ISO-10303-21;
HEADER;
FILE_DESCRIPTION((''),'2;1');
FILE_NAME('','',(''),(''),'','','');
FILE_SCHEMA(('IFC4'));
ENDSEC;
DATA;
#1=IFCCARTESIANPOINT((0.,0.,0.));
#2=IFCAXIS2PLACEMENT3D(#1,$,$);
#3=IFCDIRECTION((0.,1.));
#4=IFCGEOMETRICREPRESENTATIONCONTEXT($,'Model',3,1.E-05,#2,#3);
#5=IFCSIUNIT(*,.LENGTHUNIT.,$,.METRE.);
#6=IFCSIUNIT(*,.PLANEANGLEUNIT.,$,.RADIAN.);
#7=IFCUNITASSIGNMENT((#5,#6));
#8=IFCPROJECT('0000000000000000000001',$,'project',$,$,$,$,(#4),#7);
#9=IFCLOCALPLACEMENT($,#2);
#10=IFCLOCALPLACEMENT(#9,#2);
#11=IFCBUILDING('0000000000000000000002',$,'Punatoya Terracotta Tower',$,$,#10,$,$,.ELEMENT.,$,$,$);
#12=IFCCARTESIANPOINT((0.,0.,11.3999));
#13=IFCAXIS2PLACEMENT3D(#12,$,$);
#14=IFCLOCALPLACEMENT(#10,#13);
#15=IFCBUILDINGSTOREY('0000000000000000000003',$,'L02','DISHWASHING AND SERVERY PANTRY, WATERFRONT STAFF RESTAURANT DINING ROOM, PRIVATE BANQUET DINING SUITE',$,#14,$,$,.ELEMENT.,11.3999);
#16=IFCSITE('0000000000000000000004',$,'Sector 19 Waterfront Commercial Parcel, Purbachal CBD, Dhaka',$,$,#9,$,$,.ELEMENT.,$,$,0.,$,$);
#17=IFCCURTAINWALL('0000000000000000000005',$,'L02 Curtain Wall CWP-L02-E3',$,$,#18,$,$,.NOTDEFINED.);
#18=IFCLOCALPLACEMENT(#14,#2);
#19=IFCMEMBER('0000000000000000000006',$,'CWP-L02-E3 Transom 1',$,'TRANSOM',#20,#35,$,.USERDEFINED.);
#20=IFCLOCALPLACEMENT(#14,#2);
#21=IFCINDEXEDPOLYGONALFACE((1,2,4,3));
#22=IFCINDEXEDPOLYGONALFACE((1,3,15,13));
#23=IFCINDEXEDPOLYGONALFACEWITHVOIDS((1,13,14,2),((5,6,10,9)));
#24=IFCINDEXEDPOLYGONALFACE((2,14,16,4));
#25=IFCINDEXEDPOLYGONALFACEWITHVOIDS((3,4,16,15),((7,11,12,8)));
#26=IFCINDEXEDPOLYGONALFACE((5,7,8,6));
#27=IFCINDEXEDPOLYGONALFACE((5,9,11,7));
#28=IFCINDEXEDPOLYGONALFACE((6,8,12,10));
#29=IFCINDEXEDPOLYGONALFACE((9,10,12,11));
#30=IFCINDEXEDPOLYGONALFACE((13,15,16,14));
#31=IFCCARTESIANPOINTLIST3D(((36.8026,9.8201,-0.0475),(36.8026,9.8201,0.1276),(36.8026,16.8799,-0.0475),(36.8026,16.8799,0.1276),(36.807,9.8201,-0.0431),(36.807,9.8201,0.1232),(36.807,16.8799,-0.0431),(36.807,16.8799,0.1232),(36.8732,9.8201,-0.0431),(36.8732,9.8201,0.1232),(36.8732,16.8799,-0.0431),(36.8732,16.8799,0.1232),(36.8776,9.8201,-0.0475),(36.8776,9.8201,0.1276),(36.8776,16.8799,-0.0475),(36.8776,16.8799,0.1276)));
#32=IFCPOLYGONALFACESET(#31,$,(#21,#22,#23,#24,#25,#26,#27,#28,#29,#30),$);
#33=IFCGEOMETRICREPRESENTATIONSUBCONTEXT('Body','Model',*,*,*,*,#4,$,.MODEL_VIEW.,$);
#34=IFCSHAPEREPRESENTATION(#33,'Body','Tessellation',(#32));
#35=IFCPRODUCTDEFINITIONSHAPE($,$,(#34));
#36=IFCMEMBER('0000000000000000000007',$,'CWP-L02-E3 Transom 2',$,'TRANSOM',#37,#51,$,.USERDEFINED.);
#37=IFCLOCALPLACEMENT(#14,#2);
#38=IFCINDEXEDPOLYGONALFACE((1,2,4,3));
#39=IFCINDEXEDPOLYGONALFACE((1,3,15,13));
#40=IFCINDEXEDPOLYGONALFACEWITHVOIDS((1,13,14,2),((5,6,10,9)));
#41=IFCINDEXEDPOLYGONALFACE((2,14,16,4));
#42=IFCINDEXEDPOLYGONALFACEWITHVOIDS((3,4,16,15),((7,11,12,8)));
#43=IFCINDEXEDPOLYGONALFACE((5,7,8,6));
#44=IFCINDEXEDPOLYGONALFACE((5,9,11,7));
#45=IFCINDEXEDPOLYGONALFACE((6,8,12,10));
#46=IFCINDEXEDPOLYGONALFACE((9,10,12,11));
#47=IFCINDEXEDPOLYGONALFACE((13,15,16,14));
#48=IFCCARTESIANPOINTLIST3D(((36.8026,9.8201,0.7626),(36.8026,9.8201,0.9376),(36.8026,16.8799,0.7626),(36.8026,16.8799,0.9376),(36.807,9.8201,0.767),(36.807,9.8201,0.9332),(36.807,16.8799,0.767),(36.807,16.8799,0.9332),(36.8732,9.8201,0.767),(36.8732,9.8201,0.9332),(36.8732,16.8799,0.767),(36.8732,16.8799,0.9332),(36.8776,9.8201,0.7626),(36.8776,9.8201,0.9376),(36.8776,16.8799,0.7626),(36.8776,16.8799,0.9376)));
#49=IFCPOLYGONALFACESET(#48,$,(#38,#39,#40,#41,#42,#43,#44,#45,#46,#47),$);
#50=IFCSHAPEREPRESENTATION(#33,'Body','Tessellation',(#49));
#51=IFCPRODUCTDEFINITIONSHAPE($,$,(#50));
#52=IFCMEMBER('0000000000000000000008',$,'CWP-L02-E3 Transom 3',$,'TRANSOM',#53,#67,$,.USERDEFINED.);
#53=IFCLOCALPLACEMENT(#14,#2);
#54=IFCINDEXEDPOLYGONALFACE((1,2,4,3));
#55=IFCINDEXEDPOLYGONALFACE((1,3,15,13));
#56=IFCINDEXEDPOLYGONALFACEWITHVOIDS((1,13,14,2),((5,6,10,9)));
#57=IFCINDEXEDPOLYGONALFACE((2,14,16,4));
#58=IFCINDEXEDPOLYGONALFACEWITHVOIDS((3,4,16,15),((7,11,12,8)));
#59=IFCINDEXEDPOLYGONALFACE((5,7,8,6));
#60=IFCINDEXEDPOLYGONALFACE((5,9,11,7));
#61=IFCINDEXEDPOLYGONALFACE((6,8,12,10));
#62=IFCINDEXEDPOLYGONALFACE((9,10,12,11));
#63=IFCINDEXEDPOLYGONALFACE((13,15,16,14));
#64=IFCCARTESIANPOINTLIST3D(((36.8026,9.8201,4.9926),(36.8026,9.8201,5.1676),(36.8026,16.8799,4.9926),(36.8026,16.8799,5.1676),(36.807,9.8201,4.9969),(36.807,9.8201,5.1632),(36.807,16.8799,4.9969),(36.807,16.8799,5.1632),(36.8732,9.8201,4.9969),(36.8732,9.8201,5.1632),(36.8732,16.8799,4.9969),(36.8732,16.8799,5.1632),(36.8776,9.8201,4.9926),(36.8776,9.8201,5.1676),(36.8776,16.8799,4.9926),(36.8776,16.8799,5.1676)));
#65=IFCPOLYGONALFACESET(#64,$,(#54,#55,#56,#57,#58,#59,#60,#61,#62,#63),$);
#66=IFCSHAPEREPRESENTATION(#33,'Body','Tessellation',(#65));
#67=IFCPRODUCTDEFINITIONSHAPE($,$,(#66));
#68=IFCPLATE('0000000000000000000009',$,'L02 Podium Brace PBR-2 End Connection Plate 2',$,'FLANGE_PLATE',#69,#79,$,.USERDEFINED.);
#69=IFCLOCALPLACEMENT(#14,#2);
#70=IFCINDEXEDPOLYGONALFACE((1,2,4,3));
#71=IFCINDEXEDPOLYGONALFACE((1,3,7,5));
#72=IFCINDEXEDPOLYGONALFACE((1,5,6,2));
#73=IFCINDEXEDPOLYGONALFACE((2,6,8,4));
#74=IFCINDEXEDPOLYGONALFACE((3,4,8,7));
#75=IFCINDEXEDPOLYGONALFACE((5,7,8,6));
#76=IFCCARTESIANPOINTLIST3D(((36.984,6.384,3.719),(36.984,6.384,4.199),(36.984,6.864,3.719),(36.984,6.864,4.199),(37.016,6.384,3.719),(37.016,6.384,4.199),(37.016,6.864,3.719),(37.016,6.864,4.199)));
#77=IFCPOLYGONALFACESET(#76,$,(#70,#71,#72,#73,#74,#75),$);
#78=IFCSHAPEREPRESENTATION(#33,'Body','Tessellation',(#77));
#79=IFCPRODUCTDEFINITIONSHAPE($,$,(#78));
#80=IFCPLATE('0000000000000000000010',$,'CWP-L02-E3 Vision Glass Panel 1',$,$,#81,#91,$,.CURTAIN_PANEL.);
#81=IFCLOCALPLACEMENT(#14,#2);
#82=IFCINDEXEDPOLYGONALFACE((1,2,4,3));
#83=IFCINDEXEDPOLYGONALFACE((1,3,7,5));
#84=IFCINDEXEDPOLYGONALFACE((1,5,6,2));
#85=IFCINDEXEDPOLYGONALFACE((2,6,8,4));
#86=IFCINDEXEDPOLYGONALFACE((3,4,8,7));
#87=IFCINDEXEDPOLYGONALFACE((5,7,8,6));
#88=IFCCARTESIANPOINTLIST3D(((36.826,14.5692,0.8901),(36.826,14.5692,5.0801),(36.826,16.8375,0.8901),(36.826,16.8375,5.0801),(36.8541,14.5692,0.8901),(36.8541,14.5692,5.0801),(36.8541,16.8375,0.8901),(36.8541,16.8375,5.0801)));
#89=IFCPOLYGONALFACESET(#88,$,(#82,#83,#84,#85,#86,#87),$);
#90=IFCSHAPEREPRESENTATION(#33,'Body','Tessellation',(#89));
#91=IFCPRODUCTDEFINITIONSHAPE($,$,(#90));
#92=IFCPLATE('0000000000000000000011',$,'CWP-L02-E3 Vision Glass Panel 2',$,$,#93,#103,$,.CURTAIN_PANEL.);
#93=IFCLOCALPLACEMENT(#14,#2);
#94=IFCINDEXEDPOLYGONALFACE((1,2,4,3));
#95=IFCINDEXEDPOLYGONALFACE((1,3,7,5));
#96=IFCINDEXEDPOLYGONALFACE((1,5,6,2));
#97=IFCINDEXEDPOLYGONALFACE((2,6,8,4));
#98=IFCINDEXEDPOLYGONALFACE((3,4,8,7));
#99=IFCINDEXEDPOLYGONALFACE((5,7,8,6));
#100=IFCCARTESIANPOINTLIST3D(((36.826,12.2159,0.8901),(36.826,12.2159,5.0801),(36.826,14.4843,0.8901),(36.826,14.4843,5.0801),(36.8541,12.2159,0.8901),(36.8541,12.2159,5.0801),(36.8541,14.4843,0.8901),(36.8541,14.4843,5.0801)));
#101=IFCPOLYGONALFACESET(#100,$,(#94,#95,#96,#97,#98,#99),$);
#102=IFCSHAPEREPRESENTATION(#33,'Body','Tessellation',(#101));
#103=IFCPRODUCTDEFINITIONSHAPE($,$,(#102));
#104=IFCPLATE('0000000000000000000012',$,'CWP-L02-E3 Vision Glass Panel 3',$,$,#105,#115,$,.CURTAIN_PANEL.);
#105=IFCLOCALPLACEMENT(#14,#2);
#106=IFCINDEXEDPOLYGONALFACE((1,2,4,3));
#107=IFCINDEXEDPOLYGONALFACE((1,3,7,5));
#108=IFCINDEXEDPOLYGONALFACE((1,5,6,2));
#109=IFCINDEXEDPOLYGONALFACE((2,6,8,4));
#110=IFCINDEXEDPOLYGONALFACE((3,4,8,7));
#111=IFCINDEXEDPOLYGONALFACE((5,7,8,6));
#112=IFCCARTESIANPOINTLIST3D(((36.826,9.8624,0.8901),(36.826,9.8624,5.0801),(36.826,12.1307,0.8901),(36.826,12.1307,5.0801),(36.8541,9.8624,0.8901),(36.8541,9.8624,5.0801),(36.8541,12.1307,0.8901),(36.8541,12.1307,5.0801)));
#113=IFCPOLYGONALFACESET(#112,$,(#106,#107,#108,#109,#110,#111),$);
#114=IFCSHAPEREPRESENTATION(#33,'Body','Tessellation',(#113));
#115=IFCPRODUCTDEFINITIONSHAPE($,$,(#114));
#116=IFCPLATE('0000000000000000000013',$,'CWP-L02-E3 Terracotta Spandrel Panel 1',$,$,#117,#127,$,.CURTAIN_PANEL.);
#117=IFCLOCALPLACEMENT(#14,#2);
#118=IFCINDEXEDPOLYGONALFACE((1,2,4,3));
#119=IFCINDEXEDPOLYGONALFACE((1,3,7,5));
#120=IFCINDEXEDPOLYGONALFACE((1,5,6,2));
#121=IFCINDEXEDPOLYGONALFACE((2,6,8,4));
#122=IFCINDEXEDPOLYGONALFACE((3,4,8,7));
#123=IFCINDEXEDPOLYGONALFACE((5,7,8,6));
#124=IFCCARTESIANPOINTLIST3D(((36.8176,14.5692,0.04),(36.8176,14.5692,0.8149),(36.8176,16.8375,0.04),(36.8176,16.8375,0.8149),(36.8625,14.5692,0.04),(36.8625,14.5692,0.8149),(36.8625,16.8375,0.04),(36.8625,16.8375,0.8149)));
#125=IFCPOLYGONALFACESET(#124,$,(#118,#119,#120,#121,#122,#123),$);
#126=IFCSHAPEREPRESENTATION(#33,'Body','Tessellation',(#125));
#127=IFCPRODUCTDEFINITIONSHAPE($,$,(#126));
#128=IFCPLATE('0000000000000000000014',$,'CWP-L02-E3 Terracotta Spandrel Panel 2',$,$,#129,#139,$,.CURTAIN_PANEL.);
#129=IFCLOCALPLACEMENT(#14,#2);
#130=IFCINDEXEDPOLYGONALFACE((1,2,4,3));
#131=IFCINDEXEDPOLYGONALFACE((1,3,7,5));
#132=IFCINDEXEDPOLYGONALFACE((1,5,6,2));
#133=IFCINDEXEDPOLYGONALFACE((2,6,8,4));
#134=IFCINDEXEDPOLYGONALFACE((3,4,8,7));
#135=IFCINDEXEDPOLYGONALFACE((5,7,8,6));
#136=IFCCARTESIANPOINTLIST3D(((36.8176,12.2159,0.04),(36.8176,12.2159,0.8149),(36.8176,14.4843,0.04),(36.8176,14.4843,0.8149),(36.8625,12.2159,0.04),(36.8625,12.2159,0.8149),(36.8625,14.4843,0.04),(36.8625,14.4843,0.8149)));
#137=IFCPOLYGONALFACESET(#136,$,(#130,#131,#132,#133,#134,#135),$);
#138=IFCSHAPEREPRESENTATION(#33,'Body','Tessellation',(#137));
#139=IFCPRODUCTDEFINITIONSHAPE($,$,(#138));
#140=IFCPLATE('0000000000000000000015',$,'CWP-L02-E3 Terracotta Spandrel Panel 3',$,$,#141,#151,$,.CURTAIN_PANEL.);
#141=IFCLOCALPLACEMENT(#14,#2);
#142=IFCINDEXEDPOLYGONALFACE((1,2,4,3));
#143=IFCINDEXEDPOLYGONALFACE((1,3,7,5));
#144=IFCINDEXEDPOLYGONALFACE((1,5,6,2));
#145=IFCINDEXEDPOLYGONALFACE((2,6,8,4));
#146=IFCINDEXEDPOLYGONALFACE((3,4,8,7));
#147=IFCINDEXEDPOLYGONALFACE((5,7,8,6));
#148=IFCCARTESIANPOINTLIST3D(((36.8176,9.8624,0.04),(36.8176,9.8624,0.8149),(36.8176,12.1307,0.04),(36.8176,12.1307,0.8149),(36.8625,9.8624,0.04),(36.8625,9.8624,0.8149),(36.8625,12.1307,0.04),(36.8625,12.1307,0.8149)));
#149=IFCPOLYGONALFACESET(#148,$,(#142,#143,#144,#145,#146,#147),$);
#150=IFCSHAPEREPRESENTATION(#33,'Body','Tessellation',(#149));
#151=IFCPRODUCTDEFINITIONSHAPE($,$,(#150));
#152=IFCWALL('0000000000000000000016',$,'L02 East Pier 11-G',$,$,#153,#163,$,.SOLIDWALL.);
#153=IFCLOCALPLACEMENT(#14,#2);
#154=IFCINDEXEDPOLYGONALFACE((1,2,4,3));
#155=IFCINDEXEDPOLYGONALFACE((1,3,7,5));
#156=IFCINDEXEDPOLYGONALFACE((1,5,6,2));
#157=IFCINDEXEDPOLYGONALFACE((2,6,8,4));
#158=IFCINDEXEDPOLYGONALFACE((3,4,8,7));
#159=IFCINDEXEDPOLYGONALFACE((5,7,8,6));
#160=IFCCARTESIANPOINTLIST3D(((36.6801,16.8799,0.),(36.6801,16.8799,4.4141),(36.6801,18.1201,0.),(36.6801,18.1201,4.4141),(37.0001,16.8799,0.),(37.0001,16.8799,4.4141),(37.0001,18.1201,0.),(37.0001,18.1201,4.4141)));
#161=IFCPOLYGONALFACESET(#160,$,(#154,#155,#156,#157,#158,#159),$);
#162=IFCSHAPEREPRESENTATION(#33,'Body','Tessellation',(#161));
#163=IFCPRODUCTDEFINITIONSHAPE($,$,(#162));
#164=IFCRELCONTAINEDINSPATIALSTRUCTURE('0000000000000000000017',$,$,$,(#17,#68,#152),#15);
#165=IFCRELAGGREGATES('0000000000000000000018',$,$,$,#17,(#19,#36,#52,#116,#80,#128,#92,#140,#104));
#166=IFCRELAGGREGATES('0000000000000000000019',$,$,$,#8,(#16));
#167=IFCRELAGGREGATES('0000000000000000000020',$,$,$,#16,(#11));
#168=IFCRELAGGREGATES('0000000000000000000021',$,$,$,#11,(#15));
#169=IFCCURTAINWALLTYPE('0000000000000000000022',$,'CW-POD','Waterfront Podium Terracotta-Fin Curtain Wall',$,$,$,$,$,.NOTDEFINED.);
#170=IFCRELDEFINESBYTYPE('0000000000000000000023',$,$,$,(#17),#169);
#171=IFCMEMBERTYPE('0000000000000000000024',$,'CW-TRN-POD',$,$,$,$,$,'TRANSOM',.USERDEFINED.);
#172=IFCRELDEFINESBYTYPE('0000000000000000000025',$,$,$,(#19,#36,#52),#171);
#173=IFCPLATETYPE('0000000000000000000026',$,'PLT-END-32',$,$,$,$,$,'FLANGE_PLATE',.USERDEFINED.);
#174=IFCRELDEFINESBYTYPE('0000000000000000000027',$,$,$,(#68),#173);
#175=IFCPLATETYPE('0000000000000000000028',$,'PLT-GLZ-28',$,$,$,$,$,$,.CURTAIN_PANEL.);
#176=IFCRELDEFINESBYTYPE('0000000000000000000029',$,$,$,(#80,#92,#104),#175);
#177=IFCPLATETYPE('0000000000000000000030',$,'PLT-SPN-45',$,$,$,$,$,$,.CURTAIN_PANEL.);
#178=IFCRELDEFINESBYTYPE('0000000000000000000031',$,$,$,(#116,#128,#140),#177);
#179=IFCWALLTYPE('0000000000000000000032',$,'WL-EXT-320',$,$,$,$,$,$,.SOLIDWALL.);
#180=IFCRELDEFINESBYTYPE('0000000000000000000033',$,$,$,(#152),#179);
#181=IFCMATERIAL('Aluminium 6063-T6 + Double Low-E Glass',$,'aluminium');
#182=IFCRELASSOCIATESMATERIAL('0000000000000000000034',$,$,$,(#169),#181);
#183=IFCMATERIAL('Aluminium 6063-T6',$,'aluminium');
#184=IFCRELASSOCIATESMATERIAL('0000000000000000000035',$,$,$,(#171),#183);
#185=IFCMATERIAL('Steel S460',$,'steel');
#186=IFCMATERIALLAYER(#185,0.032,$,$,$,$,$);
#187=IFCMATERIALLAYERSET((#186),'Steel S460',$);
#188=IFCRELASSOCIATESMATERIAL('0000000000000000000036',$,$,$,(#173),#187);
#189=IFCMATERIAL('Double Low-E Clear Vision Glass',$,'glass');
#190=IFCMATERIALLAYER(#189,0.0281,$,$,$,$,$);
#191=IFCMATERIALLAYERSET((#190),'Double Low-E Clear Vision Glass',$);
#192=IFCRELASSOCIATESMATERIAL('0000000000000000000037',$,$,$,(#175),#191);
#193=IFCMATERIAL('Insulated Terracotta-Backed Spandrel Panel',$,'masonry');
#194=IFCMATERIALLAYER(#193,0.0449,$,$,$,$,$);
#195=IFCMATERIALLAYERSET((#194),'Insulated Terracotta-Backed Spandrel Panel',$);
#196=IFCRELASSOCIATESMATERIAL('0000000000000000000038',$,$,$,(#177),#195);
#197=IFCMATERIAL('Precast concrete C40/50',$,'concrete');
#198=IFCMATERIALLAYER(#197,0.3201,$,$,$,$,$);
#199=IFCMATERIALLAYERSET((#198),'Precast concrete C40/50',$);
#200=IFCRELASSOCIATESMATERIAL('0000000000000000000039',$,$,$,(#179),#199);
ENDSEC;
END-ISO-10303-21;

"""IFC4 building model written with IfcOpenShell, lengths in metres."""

from ifc_helpers import new_model, si_unit, direction, frame, frame_2d, origin, origin_2d, place, context, subcontext, project, spatial, rectangle, hollow_rectangle, extrude, material, layer, layer_set, material_profile, profile_set, type_object, element, aggregate, save


model = new_model("IFC4")

# Units and contexts
model_context = context("Model", 3, precision=1e-05, world=origin(), true_north=direction((0.0, 1.0)))
body_context = subcontext(model_context, "Body", "Model", "MODEL_VIEW")
ifc_project = project(units=[si_unit("LENGTHUNIT", "METRE"), si_unit("PLANEANGLEUNIT", "RADIAN")], contexts=[model_context])

# Site, building, storey
site_placement = place(None, origin())
site = spatial("IfcSite", under=ifc_project, at=site_placement, Name="Sector 19 Waterfront Commercial Parcel, Purbachal CBD, Dhaka", CompositionType="ELEMENT", RefElevation=0.0)
building_placement = place(site_placement, origin())
building = spatial("IfcBuilding", under=site, at=building_placement, Name="Punatoya Terracotta Tower", CompositionType="ELEMENT")
storey_placement = place(building_placement, frame((0.0, 0.0, 11.3999)))
storey = spatial("IfcBuildingStorey", under=building, at=storey_placement, Name="L02", Description="DISHWASHING AND SERVERY PANTRY, WATERFRONT STAFF RESTAURANT DINING ROOM, PRIVATE BANQUET DINING SUITE", CompositionType="ELEMENT", Elevation=11.3999)

# Curtain wall
ifc_material_1 = material(Name="Aluminium 6063-T6 + Double Low-E Glass", Category="aluminium")
curtain_wall_type = type_object("IfcCurtainWallType", Name="CW-POD", Description="Waterfront Podium Terracotta-Fin Curtain Wall", PredefinedType="NOTDEFINED", material=ifc_material_1)
curtain_wall_1_placement = place(storey_placement, origin())
curtain_wall_1 = element("IfcCurtainWall", 1, at=curtain_wall_1_placement, inside=storey, type_object=curtain_wall_type, Name="L02 Curtain Wall CWP-L02-E3", PredefinedType="NOTDEFINED")
ifc_material_2 = material(Name="Aluminium 6063-T6", Category="aluminium")

# Members
ifc_material_profile_1 = material_profile(ifc_material_2, hollow_rectangle(XDim=0.075, YDim=0.175, WallThickness=0.0044, at=origin_2d()))
ifc_profile_set_1 = profile_set([ifc_material_profile_1], Name="Aluminium 6063-T6")
member_type_1 = type_object("IfcMemberType", Name="CW-TRN-POD", ElementType="TRANSOM", PredefinedType="USERDEFINED", material=ifc_profile_set_1)
member_1_placement = place(storey_placement, frame((36.8401, 16.8799, 0.04), z_axis=(0.0, -1.0, 0.0), x_axis=(1.0, 0.0, 0.0)))
member_1 = element("IfcMember", 2, at=member_1_placement, type_object=member_type_1, Name="CWP-L02-E3 Transom 1", ObjectType="TRANSOM", PredefinedType="USERDEFINED", context=body_context, shape_type="SweptSolid", body=[
    extrude(hollow_rectangle(XDim=0.075, YDim=0.175, WallThickness=0.0044, at=origin_2d()), origin(), (0.0, 0.0, 1.0), 7.0598),
])
member_2_placement = place(storey_placement, frame((36.8401, 16.8799, 0.8501), z_axis=(0.0, -1.0, 0.0), x_axis=(1.0, 0.0, 0.0)))
member_2 = element("IfcMember", 3, at=member_2_placement, type_object=member_type_1, Name="CWP-L02-E3 Transom 2", ObjectType="TRANSOM", PredefinedType="USERDEFINED", context=body_context, shape_type="SweptSolid", body=[
    extrude(hollow_rectangle(XDim=0.075, YDim=0.175, WallThickness=0.0044, at=origin_2d()), origin(), (0.0, 0.0, 1.0), 7.0598),
])
member_3_placement = place(storey_placement, frame((36.8401, 16.8799, 5.0801), z_axis=(0.0, -1.0, 0.0), x_axis=(1.0, 0.0, 0.0)))
member_3 = element("IfcMember", 4, at=member_3_placement, type_object=member_type_1, Name="CWP-L02-E3 Transom 3", ObjectType="TRANSOM", PredefinedType="USERDEFINED", context=body_context, shape_type="SweptSolid", body=[
    extrude(hollow_rectangle(XDim=0.075, YDim=0.175, WallThickness=0.0044, at=origin_2d()), origin(), (0.0, 0.0, 1.0), 7.0598),
])

# Plates
ifc_material_3 = material(Name="Steel S460", Category="steel")
ifc_layer_1 = layer(ifc_material_3, 0.032)
ifc_layer_set_1 = layer_set([ifc_layer_1], Name="Steel S460")
plate_type_1 = type_object("IfcPlateType", Name="PLT-END-32", ElementType="FLANGE_PLATE", PredefinedType="USERDEFINED", material=ifc_layer_set_1)
plate_1_placement = place(storey_placement, frame((37.0, 6.624, 3.719), z_axis=(0.0, 0.0, 1.0), x_axis=(1.0, 0.0, 0.0)))
element("IfcPlate", 5, at=plate_1_placement, inside=storey, type_object=plate_type_1, Name="L02 Podium Brace PBR-2 End Connection Plate 2", ObjectType="FLANGE_PLATE", PredefinedType="USERDEFINED", context=body_context, shape_type="SweptSolid", body=[
    extrude(rectangle(XDim=0.032, YDim=0.48, at=origin_2d()), origin(), (0.0, 0.0, 1.0), 0.48),
])
ifc_material_4 = material(Name="Double Low-E Clear Vision Glass", Category="glass")
ifc_layer_2 = layer(ifc_material_4, 0.0281)
ifc_layer_set_2 = layer_set([ifc_layer_2], Name="Double Low-E Clear Vision Glass")
plate_type_2 = type_object("IfcPlateType", Name="PLT-GLZ-28", PredefinedType="CURTAIN_PANEL", material=ifc_layer_set_2)
plate_2_placement = place(storey_placement, frame((36.8401, 15.7034, 0.8901), z_axis=(0.0, 0.0, 1.0), x_axis=(0.0, -1.0, 0.0)))
plate_2 = element("IfcPlate", 6, at=plate_2_placement, type_object=plate_type_2, Name="CWP-L02-E3 Vision Glass Panel 1", PredefinedType="CURTAIN_PANEL", context=body_context, shape_type="SweptSolid", body=[
    extrude(rectangle(XDim=2.2683, YDim=0.0281, at=origin_2d()), origin(), (0.0, 0.0, 1.0), 4.1899),
])
plate_3_placement = place(storey_placement, frame((36.8401, 13.3501, 0.8901), z_axis=(0.0, 0.0, 1.0), x_axis=(0.0, -1.0, 0.0)))
plate_3 = element("IfcPlate", 7, at=plate_3_placement, type_object=plate_type_2, Name="CWP-L02-E3 Vision Glass Panel 2", PredefinedType="CURTAIN_PANEL", context=body_context, shape_type="SweptSolid", body=[
    extrude(rectangle(XDim=2.2683, YDim=0.0281, at=origin_2d()), origin(), (0.0, 0.0, 1.0), 4.1899),
])
plate_4_placement = place(storey_placement, frame((36.8401, 10.9966, 0.8901), z_axis=(0.0, 0.0, 1.0), x_axis=(0.0, -1.0, 0.0)))
plate_4 = element("IfcPlate", 8, at=plate_4_placement, type_object=plate_type_2, Name="CWP-L02-E3 Vision Glass Panel 3", PredefinedType="CURTAIN_PANEL", context=body_context, shape_type="SweptSolid", body=[
    extrude(rectangle(XDim=2.2683, YDim=0.0281, at=origin_2d()), origin(), (0.0, 0.0, 1.0), 4.1899),
])
ifc_material_5 = material(Name="Insulated Terracotta-Backed Spandrel Panel", Category="masonry")
ifc_layer_3 = layer(ifc_material_5, 0.0449)
ifc_layer_set_3 = layer_set([ifc_layer_3], Name="Insulated Terracotta-Backed Spandrel Panel")
plate_type_3 = type_object("IfcPlateType", Name="PLT-SPN-45", PredefinedType="CURTAIN_PANEL", material=ifc_layer_set_3)
plate_5_placement = place(storey_placement, frame((36.8401, 15.7034, 0.04), z_axis=(0.0, 0.0, 1.0), x_axis=(0.0, -1.0, 0.0)))
plate_5 = element("IfcPlate", 9, at=plate_5_placement, type_object=plate_type_3, Name="CWP-L02-E3 Terracotta Spandrel Panel 1", PredefinedType="CURTAIN_PANEL", context=body_context, shape_type="SweptSolid", body=[
    extrude(rectangle(XDim=2.2683, YDim=0.0449, at=origin_2d()), origin(), (0.0, 0.0, 1.0), 0.7749),
])
plate_6_placement = place(storey_placement, frame((36.8401, 13.3501, 0.04), z_axis=(0.0, 0.0, 1.0), x_axis=(0.0, -1.0, 0.0)))
plate_6 = element("IfcPlate", 10, at=plate_6_placement, type_object=plate_type_3, Name="CWP-L02-E3 Terracotta Spandrel Panel 2", PredefinedType="CURTAIN_PANEL", context=body_context, shape_type="SweptSolid", body=[
    extrude(rectangle(XDim=2.2683, YDim=0.0449, at=origin_2d()), origin(), (0.0, 0.0, 1.0), 0.7749),
])
plate_7_placement = place(storey_placement, frame((36.8401, 10.9966, 0.04), z_axis=(0.0, 0.0, 1.0), x_axis=(0.0, -1.0, 0.0)))
plate_7 = element("IfcPlate", 11, at=plate_7_placement, type_object=plate_type_3, Name="CWP-L02-E3 Terracotta Spandrel Panel 3", PredefinedType="CURTAIN_PANEL", context=body_context, shape_type="SweptSolid", body=[
    extrude(rectangle(XDim=2.2683, YDim=0.0449, at=origin_2d()), origin(), (0.0, 0.0, 1.0), 0.7749),
])
aggregate(curtain_wall_1, [member_1, member_2, member_3, plate_5, plate_2, plate_6, plate_3, plate_7, plate_4])

# Wall
ifc_material_6 = material(Name="Precast concrete C40/50", Category="concrete")
ifc_layer_4 = layer(ifc_material_6, 0.3201)
ifc_layer_set_4 = layer_set([ifc_layer_4], Name="Precast concrete C40/50")
wall_type = type_object("IfcWallType", Name="WL-EXT-320", PredefinedType="SOLIDWALL", material=ifc_layer_set_4)
wall_placement = place(storey_placement, frame((36.8401, 18.1201, 0.0), z_axis=(0.0, 0.0, 1.0), x_axis=(0.0, -1.0, 0.0)))
element("IfcWall", 12, at=wall_placement, inside=storey, type_object=wall_type, Name="L02 East Pier 11-G", PredefinedType="SOLIDWALL", context=body_context, shape_type="SweptSolid", body=[
    extrude(rectangle(XDim=1.2402, YDim=0.3201, at=frame_2d((0.6201, 0.0))), origin(), (0.0, 0.0, 1.0), 4.4141),
])

save(model, "model.ifc")
